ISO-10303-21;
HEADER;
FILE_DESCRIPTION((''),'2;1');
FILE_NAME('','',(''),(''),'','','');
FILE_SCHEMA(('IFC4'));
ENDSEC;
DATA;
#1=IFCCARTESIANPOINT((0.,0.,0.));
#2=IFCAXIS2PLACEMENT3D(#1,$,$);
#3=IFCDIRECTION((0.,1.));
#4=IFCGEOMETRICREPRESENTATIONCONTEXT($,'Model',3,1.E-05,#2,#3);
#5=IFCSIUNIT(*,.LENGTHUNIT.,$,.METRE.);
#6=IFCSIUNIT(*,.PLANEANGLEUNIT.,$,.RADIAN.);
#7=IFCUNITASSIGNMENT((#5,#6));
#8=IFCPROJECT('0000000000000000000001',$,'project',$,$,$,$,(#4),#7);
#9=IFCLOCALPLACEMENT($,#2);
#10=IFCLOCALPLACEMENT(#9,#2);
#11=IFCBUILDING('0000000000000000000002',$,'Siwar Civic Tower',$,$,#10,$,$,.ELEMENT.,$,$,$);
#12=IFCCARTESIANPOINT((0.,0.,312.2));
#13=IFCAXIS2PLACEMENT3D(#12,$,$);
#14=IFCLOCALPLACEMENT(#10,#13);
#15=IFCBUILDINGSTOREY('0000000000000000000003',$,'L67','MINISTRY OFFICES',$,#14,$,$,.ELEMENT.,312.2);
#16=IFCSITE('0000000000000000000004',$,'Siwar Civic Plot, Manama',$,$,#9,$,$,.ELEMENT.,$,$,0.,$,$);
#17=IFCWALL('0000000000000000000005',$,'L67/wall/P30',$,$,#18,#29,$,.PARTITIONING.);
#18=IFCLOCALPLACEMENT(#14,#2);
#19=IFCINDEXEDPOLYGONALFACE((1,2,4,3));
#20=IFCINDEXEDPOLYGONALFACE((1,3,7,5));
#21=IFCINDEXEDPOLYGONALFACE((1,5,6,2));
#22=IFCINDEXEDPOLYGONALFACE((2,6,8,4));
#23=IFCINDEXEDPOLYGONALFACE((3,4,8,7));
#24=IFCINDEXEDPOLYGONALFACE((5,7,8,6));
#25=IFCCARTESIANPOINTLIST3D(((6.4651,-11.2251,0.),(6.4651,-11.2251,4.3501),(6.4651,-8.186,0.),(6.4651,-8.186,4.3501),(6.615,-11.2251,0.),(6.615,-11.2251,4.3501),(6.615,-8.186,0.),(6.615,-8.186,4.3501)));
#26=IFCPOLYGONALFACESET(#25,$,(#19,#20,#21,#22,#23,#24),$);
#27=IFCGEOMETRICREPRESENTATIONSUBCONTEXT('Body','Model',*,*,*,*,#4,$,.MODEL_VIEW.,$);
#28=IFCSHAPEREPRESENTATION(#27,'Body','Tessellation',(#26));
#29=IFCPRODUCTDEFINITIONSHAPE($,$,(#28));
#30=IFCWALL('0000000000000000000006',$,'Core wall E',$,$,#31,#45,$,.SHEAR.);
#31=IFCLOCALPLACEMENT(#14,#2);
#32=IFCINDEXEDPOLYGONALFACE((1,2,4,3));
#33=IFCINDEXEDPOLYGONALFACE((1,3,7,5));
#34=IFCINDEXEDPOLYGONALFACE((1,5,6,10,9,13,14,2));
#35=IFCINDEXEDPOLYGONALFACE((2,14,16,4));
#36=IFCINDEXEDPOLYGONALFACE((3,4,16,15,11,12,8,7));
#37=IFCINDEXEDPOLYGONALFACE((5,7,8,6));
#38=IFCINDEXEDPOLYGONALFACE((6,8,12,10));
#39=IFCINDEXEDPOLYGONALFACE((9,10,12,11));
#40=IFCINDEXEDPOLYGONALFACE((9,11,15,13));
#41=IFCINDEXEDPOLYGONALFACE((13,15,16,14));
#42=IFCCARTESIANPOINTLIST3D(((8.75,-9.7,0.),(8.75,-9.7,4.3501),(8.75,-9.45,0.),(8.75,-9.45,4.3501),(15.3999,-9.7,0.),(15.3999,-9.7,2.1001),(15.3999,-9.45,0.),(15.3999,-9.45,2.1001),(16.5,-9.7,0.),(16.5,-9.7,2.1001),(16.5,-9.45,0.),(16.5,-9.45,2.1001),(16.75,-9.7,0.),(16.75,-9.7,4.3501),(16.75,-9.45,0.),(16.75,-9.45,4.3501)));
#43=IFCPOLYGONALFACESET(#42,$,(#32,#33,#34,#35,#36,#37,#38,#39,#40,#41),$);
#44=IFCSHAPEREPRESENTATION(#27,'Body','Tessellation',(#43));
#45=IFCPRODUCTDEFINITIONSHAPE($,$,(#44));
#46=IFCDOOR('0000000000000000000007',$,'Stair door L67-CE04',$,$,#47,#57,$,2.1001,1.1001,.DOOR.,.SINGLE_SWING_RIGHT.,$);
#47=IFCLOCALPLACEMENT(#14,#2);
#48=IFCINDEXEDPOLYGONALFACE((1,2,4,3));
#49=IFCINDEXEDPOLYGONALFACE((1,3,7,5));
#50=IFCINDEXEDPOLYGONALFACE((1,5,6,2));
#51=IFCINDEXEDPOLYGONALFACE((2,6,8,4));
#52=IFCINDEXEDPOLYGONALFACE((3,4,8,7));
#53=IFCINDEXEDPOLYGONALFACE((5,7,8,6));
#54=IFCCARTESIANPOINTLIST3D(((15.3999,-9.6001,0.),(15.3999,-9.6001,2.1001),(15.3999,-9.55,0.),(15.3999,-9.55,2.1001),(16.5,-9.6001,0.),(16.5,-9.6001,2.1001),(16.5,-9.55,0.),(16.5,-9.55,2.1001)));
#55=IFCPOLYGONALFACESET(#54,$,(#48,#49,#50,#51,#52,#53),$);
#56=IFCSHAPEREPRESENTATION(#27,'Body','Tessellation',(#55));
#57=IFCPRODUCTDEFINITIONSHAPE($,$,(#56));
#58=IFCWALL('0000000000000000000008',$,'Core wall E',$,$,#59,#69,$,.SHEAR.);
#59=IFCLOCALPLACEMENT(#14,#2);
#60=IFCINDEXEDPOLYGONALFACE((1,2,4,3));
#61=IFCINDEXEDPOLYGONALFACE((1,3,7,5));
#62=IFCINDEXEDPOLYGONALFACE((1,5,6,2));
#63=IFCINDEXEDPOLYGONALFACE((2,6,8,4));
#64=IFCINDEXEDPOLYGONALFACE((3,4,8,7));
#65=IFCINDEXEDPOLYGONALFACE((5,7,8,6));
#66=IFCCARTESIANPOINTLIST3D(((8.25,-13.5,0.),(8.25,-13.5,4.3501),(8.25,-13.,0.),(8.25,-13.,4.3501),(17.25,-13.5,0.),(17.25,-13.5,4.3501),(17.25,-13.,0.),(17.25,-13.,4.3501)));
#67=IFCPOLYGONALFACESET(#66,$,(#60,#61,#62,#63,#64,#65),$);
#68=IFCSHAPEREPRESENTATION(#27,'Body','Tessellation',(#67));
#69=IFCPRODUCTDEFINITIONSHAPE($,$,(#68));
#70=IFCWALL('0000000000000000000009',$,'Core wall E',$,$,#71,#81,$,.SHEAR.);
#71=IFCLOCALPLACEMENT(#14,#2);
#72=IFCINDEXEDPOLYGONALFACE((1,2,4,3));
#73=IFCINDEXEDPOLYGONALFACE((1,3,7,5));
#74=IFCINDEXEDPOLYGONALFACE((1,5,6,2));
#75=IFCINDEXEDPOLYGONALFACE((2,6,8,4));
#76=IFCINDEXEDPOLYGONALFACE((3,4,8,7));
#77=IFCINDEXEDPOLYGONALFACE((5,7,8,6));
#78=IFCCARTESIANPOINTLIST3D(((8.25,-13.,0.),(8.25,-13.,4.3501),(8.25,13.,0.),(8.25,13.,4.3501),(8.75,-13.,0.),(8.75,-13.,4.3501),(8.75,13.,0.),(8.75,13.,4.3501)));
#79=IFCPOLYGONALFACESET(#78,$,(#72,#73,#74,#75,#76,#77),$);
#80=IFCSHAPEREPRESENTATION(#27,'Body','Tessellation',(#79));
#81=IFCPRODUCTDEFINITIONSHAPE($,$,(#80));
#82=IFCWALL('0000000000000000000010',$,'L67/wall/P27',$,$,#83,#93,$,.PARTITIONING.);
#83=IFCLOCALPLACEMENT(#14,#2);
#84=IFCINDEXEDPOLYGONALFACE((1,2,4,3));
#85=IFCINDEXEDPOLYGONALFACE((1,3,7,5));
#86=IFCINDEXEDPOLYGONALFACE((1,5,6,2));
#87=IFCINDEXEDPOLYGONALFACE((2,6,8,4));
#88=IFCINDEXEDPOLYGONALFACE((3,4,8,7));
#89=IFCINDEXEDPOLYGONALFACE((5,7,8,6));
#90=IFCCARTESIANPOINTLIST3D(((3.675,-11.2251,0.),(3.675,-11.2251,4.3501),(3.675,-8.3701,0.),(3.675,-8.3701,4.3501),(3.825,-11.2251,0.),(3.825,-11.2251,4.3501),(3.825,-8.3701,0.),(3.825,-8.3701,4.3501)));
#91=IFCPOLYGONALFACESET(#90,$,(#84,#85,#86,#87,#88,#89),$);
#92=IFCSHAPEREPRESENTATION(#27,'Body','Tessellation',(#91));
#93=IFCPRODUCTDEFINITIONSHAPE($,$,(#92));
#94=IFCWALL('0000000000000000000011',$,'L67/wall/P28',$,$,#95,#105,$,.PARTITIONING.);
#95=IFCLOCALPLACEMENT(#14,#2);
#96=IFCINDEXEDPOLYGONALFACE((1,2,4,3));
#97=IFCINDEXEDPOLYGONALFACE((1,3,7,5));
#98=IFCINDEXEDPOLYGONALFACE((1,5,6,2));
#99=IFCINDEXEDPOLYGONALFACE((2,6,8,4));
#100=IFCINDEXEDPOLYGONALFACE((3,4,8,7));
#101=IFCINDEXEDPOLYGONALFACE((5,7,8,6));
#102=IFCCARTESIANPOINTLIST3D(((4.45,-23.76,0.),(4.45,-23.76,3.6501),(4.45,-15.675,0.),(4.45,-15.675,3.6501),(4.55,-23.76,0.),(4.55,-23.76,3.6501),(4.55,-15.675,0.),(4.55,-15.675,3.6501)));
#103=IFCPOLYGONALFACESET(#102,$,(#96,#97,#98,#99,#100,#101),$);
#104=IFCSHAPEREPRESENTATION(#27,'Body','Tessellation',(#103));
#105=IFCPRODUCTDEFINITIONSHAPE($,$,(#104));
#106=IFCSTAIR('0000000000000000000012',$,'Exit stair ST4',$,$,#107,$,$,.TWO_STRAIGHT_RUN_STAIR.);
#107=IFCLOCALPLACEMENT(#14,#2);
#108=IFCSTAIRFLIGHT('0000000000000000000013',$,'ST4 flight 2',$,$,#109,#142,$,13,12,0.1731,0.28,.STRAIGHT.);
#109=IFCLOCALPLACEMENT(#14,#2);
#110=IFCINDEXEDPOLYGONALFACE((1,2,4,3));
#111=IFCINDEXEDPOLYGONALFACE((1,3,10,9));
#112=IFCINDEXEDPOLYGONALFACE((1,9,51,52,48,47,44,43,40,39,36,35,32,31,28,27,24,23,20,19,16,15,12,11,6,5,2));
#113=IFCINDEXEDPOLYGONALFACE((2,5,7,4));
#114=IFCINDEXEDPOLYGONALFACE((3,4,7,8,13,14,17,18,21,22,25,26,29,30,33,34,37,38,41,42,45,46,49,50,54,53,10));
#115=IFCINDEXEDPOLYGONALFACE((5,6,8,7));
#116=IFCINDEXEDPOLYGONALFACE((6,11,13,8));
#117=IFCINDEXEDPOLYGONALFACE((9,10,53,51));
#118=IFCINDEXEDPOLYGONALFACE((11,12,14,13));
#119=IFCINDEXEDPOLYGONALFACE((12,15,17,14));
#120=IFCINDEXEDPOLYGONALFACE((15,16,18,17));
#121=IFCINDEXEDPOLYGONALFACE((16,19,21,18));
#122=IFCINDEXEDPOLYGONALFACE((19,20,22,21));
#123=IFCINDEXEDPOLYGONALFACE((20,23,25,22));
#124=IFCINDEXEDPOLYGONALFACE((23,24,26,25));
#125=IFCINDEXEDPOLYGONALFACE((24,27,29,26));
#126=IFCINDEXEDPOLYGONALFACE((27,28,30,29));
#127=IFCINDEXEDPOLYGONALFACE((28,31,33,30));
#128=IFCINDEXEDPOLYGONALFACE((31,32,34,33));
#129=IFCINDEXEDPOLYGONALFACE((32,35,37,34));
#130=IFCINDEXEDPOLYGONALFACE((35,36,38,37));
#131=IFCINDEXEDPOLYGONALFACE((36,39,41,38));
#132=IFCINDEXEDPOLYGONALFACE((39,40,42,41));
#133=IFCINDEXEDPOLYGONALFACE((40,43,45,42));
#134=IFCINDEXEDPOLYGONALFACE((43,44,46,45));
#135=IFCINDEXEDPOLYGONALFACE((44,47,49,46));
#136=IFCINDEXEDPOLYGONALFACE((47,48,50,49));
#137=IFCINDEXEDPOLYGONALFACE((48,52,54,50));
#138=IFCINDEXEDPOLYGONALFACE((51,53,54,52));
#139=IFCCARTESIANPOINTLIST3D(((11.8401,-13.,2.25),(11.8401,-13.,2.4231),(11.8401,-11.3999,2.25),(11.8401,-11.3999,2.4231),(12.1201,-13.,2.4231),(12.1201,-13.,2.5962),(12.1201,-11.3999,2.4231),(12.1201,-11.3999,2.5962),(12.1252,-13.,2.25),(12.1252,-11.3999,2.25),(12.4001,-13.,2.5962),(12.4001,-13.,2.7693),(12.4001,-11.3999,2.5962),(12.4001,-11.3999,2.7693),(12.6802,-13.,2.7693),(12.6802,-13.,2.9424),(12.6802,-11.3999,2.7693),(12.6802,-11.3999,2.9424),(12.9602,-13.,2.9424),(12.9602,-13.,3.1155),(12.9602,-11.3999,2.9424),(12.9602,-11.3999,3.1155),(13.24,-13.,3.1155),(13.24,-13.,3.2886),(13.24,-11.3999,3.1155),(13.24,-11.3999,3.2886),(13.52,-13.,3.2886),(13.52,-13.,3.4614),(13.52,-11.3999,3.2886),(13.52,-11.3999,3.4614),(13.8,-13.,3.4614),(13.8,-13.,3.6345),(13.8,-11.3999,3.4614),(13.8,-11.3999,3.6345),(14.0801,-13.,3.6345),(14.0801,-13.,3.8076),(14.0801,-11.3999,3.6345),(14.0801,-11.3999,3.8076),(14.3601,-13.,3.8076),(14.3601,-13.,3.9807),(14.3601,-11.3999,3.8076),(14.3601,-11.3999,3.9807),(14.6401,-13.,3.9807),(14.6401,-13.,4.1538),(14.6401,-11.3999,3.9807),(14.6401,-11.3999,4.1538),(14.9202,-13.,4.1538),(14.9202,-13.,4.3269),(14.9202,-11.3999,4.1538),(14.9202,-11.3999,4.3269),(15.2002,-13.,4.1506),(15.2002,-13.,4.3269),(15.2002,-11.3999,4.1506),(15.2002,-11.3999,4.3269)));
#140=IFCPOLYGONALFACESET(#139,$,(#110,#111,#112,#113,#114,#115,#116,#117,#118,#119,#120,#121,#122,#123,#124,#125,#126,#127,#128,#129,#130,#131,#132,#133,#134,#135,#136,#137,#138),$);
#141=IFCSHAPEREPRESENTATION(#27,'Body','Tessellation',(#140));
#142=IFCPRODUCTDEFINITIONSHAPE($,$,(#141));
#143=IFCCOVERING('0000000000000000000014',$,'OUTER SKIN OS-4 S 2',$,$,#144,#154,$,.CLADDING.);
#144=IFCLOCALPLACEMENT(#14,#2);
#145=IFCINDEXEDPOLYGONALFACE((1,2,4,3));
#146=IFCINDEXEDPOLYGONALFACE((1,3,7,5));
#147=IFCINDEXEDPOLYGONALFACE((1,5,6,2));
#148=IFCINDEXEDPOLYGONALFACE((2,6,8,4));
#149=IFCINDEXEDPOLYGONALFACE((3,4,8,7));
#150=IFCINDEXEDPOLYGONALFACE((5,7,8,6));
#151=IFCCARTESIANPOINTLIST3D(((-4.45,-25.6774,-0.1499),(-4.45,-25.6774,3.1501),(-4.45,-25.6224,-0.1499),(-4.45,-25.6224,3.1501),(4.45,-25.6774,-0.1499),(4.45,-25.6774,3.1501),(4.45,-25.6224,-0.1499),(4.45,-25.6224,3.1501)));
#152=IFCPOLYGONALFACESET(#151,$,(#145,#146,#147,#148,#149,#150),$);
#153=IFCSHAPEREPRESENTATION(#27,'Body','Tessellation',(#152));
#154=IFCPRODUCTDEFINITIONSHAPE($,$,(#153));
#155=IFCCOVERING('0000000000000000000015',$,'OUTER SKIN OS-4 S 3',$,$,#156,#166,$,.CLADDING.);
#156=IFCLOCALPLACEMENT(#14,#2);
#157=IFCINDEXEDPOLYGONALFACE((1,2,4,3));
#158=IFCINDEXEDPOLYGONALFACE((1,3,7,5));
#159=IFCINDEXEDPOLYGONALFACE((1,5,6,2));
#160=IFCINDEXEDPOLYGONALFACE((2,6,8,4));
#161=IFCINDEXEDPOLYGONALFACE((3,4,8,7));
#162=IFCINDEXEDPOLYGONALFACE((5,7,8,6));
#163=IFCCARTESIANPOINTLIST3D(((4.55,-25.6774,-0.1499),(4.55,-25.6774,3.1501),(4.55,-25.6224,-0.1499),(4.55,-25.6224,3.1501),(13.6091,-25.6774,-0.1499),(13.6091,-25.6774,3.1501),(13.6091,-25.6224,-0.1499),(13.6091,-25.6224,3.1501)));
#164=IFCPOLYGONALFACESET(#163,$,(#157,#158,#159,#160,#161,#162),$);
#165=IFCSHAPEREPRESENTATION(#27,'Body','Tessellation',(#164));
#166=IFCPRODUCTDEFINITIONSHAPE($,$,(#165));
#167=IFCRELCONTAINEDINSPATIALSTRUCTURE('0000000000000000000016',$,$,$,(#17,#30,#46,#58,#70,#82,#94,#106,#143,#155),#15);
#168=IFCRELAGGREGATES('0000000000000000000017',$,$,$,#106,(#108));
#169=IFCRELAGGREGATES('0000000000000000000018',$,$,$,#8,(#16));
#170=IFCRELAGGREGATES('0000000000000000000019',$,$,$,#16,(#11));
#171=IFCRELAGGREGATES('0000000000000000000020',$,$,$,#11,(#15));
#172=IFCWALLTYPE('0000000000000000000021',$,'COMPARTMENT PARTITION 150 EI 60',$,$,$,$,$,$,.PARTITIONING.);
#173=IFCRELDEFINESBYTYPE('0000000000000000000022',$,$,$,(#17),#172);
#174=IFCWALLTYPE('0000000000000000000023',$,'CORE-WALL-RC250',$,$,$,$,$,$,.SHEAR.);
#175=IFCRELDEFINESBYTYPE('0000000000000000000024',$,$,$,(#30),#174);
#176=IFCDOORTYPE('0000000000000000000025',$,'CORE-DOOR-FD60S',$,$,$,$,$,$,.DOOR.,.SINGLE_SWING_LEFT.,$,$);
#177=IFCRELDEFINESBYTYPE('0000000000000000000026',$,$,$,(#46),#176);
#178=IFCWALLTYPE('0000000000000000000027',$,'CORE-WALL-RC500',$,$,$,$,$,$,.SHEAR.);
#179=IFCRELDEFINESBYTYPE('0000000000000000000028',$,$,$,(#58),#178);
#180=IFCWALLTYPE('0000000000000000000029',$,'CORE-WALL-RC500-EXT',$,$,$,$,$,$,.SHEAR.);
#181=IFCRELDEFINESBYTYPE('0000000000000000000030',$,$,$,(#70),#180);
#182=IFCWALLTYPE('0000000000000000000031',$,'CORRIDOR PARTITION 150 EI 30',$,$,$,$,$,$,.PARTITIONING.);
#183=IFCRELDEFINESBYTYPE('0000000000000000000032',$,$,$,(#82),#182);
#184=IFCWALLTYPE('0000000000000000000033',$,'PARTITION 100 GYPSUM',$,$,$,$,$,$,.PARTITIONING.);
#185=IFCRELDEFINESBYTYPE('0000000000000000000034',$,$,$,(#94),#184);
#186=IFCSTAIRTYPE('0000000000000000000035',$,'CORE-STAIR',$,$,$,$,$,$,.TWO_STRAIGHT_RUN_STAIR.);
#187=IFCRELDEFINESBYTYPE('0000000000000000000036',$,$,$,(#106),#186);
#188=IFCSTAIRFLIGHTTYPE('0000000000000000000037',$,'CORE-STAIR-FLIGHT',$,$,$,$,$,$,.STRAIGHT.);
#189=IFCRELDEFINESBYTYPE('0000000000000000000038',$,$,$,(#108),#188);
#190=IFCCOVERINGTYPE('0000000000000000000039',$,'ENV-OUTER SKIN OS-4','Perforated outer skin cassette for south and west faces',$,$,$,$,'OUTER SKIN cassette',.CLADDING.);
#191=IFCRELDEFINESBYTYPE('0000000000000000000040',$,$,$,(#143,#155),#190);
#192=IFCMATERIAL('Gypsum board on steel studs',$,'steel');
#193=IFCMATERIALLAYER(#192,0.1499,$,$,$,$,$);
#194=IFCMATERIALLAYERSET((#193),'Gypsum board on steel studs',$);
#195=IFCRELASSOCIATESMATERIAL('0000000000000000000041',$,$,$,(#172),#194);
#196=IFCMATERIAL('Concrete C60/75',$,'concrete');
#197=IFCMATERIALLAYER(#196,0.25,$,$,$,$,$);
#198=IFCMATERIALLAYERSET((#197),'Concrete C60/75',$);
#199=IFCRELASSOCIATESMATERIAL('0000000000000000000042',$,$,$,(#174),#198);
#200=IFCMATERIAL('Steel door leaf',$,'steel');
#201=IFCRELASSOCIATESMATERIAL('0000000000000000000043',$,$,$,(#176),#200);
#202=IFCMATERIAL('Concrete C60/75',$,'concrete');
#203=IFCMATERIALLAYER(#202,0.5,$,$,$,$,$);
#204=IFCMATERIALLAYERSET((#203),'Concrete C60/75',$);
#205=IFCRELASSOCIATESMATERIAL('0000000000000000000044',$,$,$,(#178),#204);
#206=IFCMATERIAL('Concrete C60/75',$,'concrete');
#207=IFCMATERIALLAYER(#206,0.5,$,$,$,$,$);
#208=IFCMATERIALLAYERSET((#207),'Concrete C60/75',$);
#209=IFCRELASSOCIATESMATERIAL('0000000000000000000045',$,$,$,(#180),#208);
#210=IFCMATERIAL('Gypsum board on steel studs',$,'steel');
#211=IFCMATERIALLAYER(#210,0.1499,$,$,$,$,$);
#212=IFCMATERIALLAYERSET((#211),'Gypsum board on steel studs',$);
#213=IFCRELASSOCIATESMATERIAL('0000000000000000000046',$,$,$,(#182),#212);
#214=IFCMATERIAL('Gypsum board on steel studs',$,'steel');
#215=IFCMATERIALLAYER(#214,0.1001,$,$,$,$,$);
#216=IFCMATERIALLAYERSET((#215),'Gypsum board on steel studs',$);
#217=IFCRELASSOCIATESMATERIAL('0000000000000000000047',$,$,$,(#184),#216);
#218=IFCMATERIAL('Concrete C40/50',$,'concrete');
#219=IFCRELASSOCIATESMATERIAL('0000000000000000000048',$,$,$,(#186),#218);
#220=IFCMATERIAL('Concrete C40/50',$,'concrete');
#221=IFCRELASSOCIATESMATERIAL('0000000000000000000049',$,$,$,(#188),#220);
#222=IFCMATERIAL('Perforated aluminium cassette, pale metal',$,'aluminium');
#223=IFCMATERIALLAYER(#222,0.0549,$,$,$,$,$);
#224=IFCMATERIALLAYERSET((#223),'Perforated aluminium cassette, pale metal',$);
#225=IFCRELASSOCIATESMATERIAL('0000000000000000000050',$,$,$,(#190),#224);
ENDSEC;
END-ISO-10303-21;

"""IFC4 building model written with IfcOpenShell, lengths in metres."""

from ifc_helpers import new_model, si_unit, direction, frame, frame_2d, origin, origin_2d, place, context, subcontext, project, spatial, polyline, rectangle, outline, extrude, material, layer, layer_set, type_object, element, fill, aggregate, save


model = new_model("IFC4")

# Units and contexts
model_context = context("Model", 3, precision=1e-05, world=origin(), true_north=direction((0.0, 1.0)))
body_context = subcontext(model_context, "Body", "Model", "MODEL_VIEW")
ifc_project = project(units=[si_unit("LENGTHUNIT", "METRE"), si_unit("PLANEANGLEUNIT", "RADIAN")], contexts=[model_context])

# Site, building, storey
site_placement = place(None, origin())
site = spatial("IfcSite", under=ifc_project, at=site_placement, Name="Siwar Civic Plot, Manama", CompositionType="ELEMENT", RefElevation=0.0)
building_placement = place(site_placement, origin())
building = spatial("IfcBuilding", under=site, at=building_placement, Name="Siwar Civic Tower", CompositionType="ELEMENT")
storey_placement = place(building_placement, frame((0.0, 0.0, 312.2)))
storey = spatial("IfcBuildingStorey", under=building, at=storey_placement, Name="L67", Description="MINISTRY OFFICES", CompositionType="ELEMENT", Elevation=312.2)

# Shared definitions
ifc_material_1 = material(Name="Gypsum board on steel studs", Category="steel")
ifc_layer_1 = layer(ifc_material_1, 0.1499)
ifc_layer_set_1 = layer_set([ifc_layer_1], Name="Gypsum board on steel studs")
wall_type_1 = type_object("IfcWallType", Name="COMPARTMENT PARTITION 150 EI 60", PredefinedType="PARTITIONING", material=ifc_layer_set_1)

# Wall
wall_1_placement = place(storey_placement, frame((6.54, -11.2251, 0.0), z_axis=(0.0, 0.0, 1.0), x_axis=(0.0, 1.0, 0.0)))
element("IfcWall", 1, at=wall_1_placement, inside=storey, type_object=wall_type_1, Name="L67/wall/P30", PredefinedType="PARTITIONING", context=body_context, shape_type="SweptSolid", body=[
    extrude(rectangle(XDim=3.0391, YDim=0.1499, at=frame_2d((1.5195, 0.0))), origin(), (0.0, 0.0, 1.0), 4.3501),
])

# Wall, opening, door
ifc_material_2 = material(Name="Concrete C60/75", Category="concrete")
ifc_layer_2 = layer(ifc_material_2, 0.25)
ifc_layer_set_2 = layer_set([ifc_layer_2], Name="Concrete C60/75")
wall_type_2 = type_object("IfcWallType", Name="CORE-WALL-RC250", PredefinedType="SHEAR", material=ifc_layer_set_2)
wall_2_placement = place(storey_placement, frame((8.75, -9.575, 0.0), z_axis=(0.0, 0.0, 1.0), x_axis=(1.0, 0.0, 0.0)))
wall_2 = element("IfcWall", 2, at=wall_2_placement, inside=storey, type_object=wall_type_2, Name="Core wall E", PredefinedType="SHEAR", context=body_context, shape_type="SweptSolid", body=[
    extrude(rectangle(XDim=8.0, YDim=0.25, at=frame_2d((4.0, 0.0))), origin(), (0.0, 0.0, 1.0), 4.3501),
])
opening_1_placement = place(wall_2_placement, frame((6.6499, 0.0, 0.0)))
opening_1 = element("IfcOpeningElement", 3, at=opening_1_placement, cuts=wall_2, PredefinedType="OPENING", context=body_context, shape_type="SweptSolid", body=[
    extrude(rectangle(XDim=1.1001, YDim=2.1001, at=frame_2d((0.55, 1.05))), frame((0.0, 0.135, 0.0), z_axis=(0.0, -1.0, 0.0), x_axis=(1.0, 0.0, 0.0)), (0.0, 0.0, 1.0), 0.27),
])
ifc_material_3 = material(Name="Steel door leaf", Category="steel")
door_type_1 = type_object("IfcDoorType", Name="CORE-DOOR-FD60S", OperationType="SINGLE_SWING_LEFT", PredefinedType="DOOR", material=ifc_material_3)
door_1_placement = place(opening_1_placement, origin())
door_1 = element("IfcDoor", 4, at=door_1_placement, inside=storey, type_object=door_type_1, Name="Stair door L67-CE04", OperationType="SINGLE_SWING_RIGHT", OverallHeight=2.1001, OverallWidth=1.1001, PredefinedType="DOOR", context=body_context, shape_type="SweptSolid", body=[
    extrude(rectangle(XDim=1.1001, YDim=2.1001, at=frame_2d((0.55, 1.05))), frame((0.0, 0.0249, 0.0), z_axis=(0.0, -1.0, 0.0), x_axis=(1.0, 0.0, 0.0)), (0.0, 0.0, 1.0), 0.05),
])
fill(opening_1, door_1)

# Walls
ifc_material_4 = material(Name="Concrete C60/75", Category="concrete")
ifc_layer_3 = layer(ifc_material_4, 0.5)
ifc_layer_set_3 = layer_set([ifc_layer_3], Name="Concrete C60/75")
wall_type_3 = type_object("IfcWallType", Name="CORE-WALL-RC500", PredefinedType="SHEAR", material=ifc_layer_set_3)
wall_3_placement = place(storey_placement, frame((8.25, -13.25, 0.0), z_axis=(0.0, 0.0, 1.0), x_axis=(1.0, 0.0, 0.0)))
element("IfcWall", 5, at=wall_3_placement, inside=storey, type_object=wall_type_3, Name="Core wall E", PredefinedType="SHEAR", context=body_context, shape_type="SweptSolid", body=[
    extrude(rectangle(XDim=9.0, YDim=0.5, at=frame_2d((4.5, 0.0))), origin(), (0.0, 0.0, 1.0), 4.3501),
])
ifc_material_5 = material(Name="Concrete C60/75", Category="concrete")
ifc_layer_4 = layer(ifc_material_5, 0.5)
ifc_layer_set_4 = layer_set([ifc_layer_4], Name="Concrete C60/75")
wall_type_4 = type_object("IfcWallType", Name="CORE-WALL-RC500-EXT", PredefinedType="SHEAR", material=ifc_layer_set_4)
wall_4_placement = place(storey_placement, frame((8.5, -13.0, 0.0), z_axis=(0.0, 0.0, 1.0), x_axis=(0.0, 1.0, 0.0)))
element("IfcWall", 6, at=wall_4_placement, inside=storey, type_object=wall_type_4, Name="Core wall E", PredefinedType="SHEAR", context=body_context, shape_type="SweptSolid", body=[
    extrude(rectangle(XDim=26.0, YDim=0.5, at=frame_2d((13.0, 0.0))), origin(), (0.0, 0.0, 1.0), 4.3501),
])
ifc_material_6 = material(Name="Gypsum board on steel studs", Category="steel")
ifc_layer_5 = layer(ifc_material_6, 0.1499)
ifc_layer_set_5 = layer_set([ifc_layer_5], Name="Gypsum board on steel studs")
wall_type_5 = type_object("IfcWallType", Name="CORRIDOR PARTITION 150 EI 30", PredefinedType="PARTITIONING", material=ifc_layer_set_5)
wall_5_placement = place(storey_placement, frame((3.75, -11.2251, 0.0), z_axis=(0.0, 0.0, 1.0), x_axis=(0.0, 1.0, 0.0)))
element("IfcWall", 7, at=wall_5_placement, inside=storey, type_object=wall_type_5, Name="L67/wall/P27", PredefinedType="PARTITIONING", context=body_context, shape_type="SweptSolid", body=[
    extrude(rectangle(XDim=2.855, YDim=0.1499, at=frame_2d((1.4275, 0.0))), origin(), (0.0, 0.0, 1.0), 4.3501),
])
ifc_material_7 = material(Name="Gypsum board on steel studs", Category="steel")
ifc_layer_6 = layer(ifc_material_7, 0.1001)
ifc_layer_set_6 = layer_set([ifc_layer_6], Name="Gypsum board on steel studs")
wall_type_6 = type_object("IfcWallType", Name="PARTITION 100 GYPSUM", PredefinedType="PARTITIONING", material=ifc_layer_set_6)
wall_6_placement = place(storey_placement, frame((4.5, -23.76, 0.0), z_axis=(0.0, 0.0, 1.0), x_axis=(0.0, 1.0, 0.0)))
element("IfcWall", 8, at=wall_6_placement, inside=storey, type_object=wall_type_6, Name="L67/wall/P28", PredefinedType="PARTITIONING", context=body_context, shape_type="SweptSolid", body=[
    extrude(rectangle(XDim=8.085, YDim=0.1001, at=frame_2d((4.0425, 0.0))), origin(), (0.0, 0.0, 1.0), 3.6501),
])

# Stair, stair flight
ifc_material_8 = material(Name="Concrete C40/50", Category="concrete")
stair_type = type_object("IfcStairType", Name="CORE-STAIR", PredefinedType="TWO_STRAIGHT_RUN_STAIR", material=ifc_material_8)
stair_placement = place(storey_placement, origin())
stair = element("IfcStair", 9, at=stair_placement, inside=storey, type_object=stair_type, Name="Exit stair ST4", PredefinedType="TWO_STRAIGHT_RUN_STAIR")
ifc_material_9 = material(Name="Concrete C40/50", Category="concrete")
stair_flight_type = type_object("IfcStairFlightType", Name="CORE-STAIR-FLIGHT", PredefinedType="STRAIGHT", material=ifc_material_9)
stair_flight_placement = place(storey_placement, frame((11.8401, -12.2, 2.25), z_axis=(0.0, 0.0, 1.0), x_axis=(1.0, 0.0, 0.0)))
stair_flight = element("IfcStairFlight", 10, at=stair_flight_placement, type_object=stair_flight_type, Name="ST4 flight 2", NumberOfRisers=13, NumberOfTreads=12, PredefinedType="STRAIGHT", RiserHeight=0.1731, TreadLength=0.28, context=body_context, shape_type="SweptSolid", body=[
    extrude(outline(polyline([(0.0, 0.0), (0.0, 0.1731), (0.28, 0.1731), (0.28, 0.3462), (0.5601, 0.3462), (0.5601, 0.5193), (0.8401, 0.5193), (0.8401, 0.6924), (1.1201, 0.6924), (1.1201, 0.8655), (1.3999, 0.8655), (1.3999, 1.0386), (1.6799, 1.0386), (1.6799, 1.2114), (1.96, 1.2114), (1.96, 1.3845), (2.24, 1.3845), (2.24, 1.5576), (2.52, 1.5576), (2.52, 1.7307), (2.8, 1.7307), (2.8, 1.9038), (3.0801, 1.9038), (3.0801, 2.0769), (3.3601, 2.0769), (3.3601, 2.25), (3.3601, 1.9006), (0.2852, 0.0), (0.0, 0.0)])), frame((0.0, 0.8, 0.0), z_axis=(0.0, -1.0, 0.0), x_axis=(1.0, 0.0, 0.0)), (0.0, 0.0, 1.0), 1.6001),
])
aggregate(stair, [stair_flight])

# Coverings
ifc_material_10 = material(Name="Perforated aluminium cassette, pale metal", Category="aluminium")
ifc_layer_7 = layer(ifc_material_10, 0.0549)
ifc_layer_set_7 = layer_set([ifc_layer_7], Name="Perforated aluminium cassette, pale metal")
covering_type = type_object("IfcCoveringType", Name="ENV-OUTER SKIN OS-4", Description="Perforated outer skin cassette for south and west faces", ElementType="OUTER SKIN cassette", PredefinedType="CLADDING", material=ifc_layer_set_7)
covering_1_placement = place(storey_placement, frame((0.0, -25.6499, -0.1499), z_axis=(0.0, 0.0, 1.0), x_axis=(1.0, 0.0, 0.0)))
element("IfcCovering", 11, at=covering_1_placement, inside=storey, type_object=covering_type, Name="OUTER SKIN OS-4 S 2", PredefinedType="CLADDING", context=body_context, shape_type="SweptSolid", body=[
    extrude(rectangle(XDim=8.8999, YDim=0.0549, at=origin_2d()), origin(), (0.0, 0.0, 1.0), 3.3),
])
covering_2_placement = place(storey_placement, frame((9.0796, -25.6499, -0.1499), z_axis=(0.0, 0.0, 1.0), x_axis=(1.0, 0.0, 0.0)))
element("IfcCovering", 12, at=covering_2_placement, inside=storey, type_object=covering_type, Name="OUTER SKIN OS-4 S 3", PredefinedType="CLADDING", context=body_context, shape_type="SweptSolid", body=[
    extrude(rectangle(XDim=9.0591, YDim=0.0549, at=origin_2d()), origin(), (0.0, 0.0, 1.0), 3.3),
])

save(model, "model.ifc")
